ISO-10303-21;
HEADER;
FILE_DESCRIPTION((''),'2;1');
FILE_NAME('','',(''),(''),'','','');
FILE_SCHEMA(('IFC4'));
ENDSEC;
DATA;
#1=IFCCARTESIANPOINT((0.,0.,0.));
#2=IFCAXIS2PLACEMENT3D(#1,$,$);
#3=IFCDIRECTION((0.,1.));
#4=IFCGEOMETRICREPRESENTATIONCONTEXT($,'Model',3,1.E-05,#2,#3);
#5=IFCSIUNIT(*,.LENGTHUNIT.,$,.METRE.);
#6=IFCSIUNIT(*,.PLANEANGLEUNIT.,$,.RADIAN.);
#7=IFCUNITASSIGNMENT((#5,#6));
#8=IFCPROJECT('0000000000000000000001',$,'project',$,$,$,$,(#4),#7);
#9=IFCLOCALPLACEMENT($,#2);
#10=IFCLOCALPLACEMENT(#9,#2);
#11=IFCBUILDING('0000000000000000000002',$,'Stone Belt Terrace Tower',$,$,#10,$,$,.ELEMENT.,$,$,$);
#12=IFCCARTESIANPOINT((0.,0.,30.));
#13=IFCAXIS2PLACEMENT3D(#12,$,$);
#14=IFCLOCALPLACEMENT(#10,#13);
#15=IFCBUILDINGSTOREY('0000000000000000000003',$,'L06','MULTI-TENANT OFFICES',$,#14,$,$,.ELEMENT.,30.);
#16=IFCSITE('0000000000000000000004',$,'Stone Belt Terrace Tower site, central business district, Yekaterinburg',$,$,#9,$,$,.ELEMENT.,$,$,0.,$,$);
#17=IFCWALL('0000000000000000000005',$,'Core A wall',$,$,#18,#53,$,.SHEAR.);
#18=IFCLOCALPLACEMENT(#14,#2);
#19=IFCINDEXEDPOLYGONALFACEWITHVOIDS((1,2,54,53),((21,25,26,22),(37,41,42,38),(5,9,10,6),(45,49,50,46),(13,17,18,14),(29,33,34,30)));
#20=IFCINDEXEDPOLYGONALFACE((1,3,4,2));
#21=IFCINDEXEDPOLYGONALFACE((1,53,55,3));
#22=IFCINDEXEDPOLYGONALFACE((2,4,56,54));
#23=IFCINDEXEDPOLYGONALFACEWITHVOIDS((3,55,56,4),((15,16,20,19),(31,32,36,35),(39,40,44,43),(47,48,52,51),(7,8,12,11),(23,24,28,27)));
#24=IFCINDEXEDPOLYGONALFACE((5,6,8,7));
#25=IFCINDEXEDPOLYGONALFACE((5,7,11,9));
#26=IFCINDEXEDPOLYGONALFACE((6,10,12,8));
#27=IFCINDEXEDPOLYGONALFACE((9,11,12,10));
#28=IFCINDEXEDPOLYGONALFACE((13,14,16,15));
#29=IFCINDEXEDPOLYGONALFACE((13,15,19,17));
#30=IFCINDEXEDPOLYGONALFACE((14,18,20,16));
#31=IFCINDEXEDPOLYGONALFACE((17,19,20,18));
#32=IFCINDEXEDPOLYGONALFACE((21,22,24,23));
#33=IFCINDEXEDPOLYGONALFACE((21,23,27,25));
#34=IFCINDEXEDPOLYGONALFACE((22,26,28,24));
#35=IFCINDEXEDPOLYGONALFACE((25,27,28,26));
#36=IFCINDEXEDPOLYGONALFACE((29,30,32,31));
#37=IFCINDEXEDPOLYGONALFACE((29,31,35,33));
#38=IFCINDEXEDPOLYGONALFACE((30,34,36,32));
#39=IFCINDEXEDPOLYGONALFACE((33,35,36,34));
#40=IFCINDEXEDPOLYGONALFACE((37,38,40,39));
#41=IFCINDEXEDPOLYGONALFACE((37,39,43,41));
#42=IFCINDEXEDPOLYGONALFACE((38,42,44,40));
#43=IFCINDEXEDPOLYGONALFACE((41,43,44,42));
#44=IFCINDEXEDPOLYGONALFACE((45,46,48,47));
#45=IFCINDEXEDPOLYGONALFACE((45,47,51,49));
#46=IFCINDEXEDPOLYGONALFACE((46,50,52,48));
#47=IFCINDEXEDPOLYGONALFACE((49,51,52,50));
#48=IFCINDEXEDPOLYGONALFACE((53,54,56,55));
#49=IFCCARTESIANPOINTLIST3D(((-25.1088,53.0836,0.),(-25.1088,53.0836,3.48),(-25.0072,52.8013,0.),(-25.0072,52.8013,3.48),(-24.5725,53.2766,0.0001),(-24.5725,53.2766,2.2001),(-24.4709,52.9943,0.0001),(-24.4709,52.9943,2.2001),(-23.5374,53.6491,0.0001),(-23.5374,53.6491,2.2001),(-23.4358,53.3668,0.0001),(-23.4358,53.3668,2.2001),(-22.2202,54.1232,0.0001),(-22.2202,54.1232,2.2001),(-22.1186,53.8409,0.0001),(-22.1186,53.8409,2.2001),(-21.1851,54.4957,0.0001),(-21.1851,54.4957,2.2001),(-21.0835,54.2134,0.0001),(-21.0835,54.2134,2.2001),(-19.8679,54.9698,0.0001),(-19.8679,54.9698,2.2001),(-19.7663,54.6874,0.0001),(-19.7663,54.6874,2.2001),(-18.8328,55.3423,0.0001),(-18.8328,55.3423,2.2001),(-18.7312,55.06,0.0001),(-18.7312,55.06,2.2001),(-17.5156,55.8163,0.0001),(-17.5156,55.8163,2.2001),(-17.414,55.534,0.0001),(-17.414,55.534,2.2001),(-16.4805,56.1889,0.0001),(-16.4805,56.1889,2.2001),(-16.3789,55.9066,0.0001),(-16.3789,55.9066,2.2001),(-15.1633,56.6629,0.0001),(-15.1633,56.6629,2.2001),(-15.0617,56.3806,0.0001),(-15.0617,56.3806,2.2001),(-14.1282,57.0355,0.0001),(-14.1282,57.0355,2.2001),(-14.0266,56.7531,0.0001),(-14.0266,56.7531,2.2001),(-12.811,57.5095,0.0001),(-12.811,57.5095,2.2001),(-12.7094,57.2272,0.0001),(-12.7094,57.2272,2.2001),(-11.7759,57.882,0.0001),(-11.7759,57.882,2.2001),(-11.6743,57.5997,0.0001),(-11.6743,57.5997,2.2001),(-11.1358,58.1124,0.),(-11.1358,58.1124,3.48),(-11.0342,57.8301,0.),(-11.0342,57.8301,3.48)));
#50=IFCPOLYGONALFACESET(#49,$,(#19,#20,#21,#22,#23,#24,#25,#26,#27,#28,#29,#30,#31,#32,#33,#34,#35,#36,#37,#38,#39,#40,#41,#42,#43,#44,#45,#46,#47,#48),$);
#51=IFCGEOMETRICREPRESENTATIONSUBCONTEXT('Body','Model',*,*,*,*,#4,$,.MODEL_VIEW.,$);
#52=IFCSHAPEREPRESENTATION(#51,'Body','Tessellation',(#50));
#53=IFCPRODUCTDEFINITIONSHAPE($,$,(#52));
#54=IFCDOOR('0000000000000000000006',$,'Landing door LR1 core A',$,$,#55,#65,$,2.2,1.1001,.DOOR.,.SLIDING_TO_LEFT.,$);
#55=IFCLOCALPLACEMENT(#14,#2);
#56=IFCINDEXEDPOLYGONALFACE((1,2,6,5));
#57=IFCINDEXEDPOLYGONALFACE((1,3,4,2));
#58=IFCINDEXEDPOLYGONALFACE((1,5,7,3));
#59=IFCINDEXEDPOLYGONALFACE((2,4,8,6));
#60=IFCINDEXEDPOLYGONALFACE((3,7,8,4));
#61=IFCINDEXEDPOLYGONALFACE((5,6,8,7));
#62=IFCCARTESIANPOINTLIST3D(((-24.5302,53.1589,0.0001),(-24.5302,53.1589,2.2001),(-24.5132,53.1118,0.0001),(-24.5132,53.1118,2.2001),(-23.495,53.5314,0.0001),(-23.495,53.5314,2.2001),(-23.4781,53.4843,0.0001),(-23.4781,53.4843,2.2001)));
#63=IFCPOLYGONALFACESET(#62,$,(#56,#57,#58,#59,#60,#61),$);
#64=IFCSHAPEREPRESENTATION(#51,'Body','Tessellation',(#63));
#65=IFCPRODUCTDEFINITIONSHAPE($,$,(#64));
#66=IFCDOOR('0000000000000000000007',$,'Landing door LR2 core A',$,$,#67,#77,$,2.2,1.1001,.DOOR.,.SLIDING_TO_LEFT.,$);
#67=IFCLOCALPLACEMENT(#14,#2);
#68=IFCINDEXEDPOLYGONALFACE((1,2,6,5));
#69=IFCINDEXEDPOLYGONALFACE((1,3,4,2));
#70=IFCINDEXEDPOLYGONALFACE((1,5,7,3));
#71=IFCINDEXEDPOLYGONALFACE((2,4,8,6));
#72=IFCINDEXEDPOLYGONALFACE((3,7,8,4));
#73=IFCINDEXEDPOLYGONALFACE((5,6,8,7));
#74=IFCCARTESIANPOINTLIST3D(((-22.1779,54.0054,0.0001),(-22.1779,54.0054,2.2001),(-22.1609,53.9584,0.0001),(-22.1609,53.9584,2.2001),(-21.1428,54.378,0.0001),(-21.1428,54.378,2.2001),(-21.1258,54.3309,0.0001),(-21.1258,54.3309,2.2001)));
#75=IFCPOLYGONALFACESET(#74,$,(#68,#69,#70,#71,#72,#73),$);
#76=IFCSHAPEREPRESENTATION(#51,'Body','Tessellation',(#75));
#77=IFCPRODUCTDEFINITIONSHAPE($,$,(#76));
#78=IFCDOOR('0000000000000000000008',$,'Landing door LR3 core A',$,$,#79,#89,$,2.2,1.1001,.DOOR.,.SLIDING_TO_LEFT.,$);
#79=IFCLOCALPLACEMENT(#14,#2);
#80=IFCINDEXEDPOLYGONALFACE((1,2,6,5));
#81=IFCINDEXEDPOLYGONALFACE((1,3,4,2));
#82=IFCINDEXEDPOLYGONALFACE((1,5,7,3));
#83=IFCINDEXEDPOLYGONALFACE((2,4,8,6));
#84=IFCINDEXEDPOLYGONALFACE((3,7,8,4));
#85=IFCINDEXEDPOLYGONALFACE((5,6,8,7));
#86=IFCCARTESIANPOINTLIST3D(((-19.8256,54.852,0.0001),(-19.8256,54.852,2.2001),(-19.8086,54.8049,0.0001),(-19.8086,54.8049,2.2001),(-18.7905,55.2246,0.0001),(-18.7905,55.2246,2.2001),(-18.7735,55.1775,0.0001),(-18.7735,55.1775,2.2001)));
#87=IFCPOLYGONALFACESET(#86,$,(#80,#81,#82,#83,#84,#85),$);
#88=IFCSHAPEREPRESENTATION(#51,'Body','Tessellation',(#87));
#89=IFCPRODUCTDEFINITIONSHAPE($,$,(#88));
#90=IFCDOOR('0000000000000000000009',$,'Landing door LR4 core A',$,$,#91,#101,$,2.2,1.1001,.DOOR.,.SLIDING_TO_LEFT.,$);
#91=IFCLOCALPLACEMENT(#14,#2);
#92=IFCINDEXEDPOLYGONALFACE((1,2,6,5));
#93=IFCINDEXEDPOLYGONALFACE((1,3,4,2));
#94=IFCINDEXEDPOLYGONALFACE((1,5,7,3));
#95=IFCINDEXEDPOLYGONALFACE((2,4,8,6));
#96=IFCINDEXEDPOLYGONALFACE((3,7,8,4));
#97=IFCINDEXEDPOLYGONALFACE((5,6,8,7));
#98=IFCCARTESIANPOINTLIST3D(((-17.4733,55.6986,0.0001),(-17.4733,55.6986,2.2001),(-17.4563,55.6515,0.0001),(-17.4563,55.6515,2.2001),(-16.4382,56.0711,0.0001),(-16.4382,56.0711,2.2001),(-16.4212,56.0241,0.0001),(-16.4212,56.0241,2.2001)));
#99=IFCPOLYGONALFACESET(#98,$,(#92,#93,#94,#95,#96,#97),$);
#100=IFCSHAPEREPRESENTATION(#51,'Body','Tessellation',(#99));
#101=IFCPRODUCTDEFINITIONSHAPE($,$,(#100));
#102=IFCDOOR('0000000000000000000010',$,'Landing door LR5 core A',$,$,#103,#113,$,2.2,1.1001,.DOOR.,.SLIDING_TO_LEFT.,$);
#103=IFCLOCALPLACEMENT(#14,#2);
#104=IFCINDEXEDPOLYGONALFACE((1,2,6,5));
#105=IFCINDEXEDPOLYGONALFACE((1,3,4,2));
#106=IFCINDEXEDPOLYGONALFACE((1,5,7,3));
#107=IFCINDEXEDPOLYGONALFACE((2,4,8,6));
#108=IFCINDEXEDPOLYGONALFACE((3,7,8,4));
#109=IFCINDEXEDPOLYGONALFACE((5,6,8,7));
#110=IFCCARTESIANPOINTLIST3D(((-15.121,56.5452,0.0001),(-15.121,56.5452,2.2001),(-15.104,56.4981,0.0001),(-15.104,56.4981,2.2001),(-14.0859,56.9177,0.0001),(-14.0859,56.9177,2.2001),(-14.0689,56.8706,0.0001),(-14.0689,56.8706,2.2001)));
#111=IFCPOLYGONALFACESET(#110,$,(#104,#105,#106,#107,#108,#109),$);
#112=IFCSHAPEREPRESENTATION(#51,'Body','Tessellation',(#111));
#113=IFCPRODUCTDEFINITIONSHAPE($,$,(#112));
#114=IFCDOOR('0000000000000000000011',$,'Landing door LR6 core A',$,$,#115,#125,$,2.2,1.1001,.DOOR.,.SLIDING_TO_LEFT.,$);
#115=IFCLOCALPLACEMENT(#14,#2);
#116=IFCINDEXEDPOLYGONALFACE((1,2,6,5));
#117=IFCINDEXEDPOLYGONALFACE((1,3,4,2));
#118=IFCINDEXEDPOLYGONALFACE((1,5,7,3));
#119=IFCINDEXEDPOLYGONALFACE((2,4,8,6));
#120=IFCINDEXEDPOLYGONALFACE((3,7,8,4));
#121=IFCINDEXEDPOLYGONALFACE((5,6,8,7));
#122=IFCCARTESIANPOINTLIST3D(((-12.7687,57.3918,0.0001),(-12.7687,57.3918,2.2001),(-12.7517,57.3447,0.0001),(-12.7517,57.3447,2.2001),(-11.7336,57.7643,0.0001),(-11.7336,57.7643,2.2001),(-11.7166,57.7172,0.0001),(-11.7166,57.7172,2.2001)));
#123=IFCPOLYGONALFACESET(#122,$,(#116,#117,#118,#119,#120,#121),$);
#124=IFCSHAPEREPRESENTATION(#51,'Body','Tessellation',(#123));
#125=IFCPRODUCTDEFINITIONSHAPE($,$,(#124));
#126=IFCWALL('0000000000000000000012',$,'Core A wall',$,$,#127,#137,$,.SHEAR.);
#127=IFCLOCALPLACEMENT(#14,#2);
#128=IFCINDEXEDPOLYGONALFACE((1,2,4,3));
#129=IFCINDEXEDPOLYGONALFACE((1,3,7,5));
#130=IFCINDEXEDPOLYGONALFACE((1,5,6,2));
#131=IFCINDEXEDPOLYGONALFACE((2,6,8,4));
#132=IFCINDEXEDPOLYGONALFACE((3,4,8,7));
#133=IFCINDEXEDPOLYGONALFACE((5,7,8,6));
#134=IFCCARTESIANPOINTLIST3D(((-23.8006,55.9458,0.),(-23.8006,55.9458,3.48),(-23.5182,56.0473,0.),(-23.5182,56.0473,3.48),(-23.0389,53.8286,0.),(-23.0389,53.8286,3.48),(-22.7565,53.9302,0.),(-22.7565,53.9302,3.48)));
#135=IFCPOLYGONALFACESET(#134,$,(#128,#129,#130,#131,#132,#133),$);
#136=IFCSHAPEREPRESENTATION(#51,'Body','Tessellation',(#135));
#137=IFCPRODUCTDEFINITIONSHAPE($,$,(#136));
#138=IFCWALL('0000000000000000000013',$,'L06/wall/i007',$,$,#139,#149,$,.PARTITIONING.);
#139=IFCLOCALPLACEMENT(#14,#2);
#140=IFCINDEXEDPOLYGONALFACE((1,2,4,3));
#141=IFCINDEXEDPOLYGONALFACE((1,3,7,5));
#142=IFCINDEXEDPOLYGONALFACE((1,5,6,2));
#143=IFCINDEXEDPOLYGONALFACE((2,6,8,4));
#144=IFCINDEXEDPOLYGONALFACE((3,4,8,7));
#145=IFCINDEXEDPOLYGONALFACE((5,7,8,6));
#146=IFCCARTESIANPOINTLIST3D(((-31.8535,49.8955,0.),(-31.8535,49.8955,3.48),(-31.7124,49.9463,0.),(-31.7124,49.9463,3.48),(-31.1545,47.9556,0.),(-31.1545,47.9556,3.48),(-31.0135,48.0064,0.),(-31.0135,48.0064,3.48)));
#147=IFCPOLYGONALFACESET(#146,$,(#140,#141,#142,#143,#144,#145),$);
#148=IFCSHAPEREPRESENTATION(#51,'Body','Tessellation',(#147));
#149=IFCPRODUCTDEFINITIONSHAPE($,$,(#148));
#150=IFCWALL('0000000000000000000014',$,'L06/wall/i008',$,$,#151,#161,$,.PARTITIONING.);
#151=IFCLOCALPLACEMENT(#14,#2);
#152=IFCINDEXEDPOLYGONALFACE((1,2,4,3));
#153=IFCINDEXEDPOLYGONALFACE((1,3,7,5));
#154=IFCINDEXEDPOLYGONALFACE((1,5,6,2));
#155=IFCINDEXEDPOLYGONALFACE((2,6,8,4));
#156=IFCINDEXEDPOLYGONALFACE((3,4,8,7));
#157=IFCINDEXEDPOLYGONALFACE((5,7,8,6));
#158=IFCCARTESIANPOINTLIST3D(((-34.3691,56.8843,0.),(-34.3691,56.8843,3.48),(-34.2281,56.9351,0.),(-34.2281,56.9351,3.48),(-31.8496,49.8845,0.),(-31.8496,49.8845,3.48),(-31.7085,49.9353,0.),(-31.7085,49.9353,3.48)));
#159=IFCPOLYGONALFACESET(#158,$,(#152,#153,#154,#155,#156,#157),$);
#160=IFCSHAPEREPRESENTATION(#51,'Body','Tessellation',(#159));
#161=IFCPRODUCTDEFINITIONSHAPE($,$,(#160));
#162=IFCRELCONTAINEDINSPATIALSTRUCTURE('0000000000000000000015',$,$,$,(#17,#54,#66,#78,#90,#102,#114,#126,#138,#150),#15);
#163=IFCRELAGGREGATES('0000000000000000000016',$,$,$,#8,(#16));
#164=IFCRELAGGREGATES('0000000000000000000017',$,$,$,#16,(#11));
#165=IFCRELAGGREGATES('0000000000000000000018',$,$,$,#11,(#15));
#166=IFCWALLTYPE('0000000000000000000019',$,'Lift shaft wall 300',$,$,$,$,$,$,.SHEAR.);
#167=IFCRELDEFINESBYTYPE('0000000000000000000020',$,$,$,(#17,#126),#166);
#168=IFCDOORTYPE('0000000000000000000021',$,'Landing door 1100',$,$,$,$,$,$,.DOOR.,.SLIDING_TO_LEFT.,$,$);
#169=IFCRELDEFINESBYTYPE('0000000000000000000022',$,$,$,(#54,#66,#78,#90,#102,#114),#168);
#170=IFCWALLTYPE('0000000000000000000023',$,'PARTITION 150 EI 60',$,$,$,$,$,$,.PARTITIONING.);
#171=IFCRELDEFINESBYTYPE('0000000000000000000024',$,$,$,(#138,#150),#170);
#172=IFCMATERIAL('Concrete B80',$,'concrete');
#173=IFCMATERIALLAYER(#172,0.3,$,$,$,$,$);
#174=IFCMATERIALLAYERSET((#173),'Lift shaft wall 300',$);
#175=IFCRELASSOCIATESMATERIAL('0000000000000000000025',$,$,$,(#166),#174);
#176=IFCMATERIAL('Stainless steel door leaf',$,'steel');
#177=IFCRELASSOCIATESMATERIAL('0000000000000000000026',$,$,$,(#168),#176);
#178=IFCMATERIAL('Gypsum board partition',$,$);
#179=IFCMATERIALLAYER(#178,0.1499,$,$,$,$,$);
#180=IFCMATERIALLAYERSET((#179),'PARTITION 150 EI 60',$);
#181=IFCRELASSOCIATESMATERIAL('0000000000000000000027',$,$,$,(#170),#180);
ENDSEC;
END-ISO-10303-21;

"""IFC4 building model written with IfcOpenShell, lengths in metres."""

from ifc_helpers import new_model, si_unit, direction, frame, frame_2d, origin, place, context, subcontext, project, spatial, rectangle, extrude, material, layer, layer_set, type_object, element, fill, save


model = new_model("IFC4")

# Units and contexts
model_context = context("Model", 3, precision=1e-05, world=origin(), true_north=direction((0.0, 1.0)))
body_context = subcontext(model_context, "Body", "Model", "MODEL_VIEW")
ifc_project = project(units=[si_unit("LENGTHUNIT", "METRE"), si_unit("PLANEANGLEUNIT", "RADIAN")], contexts=[model_context])

# Site, building, storey
site_placement = place(None, origin())
site = spatial("IfcSite", under=ifc_project, at=site_placement, Name="Stone Belt Terrace Tower site, central business district, Yekaterinburg", CompositionType="ELEMENT", RefElevation=0.0)
building_placement = place(site_placement, origin())
building = spatial("IfcBuilding", under=site, at=building_placement, Name="Stone Belt Terrace Tower", CompositionType="ELEMENT")
storey_placement = place(building_placement, frame((0.0, 0.0, 30.0)))
storey = spatial("IfcBuildingStorey", under=building, at=storey_placement, Name="L06", Description="MULTI-TENANT OFFICES", CompositionType="ELEMENT", Elevation=30.0)

# Shared definitions
ifc_material_1 = material(Name="Concrete B80", Category="concrete")

# Shared definitions
ifc_layer_1 = layer(ifc_material_1, 0.3)
ifc_layer_set_1 = layer_set([ifc_layer_1], Name="Lift shaft wall 300")
wall_type_1 = type_object("IfcWallType", Name="Lift shaft wall 300", PredefinedType="SHEAR", material=ifc_layer_set_1)
ifc_material_2 = material(Name="Stainless steel door leaf", Category="steel")

# Wall, openings, doors
wall_1_placement = place(storey_placement, frame((-25.0581, 52.9424, 0.0), z_axis=(0.0, 0.0, 1.0), x_axis=(0.940918, 0.338634, 0.0)))
wall_1 = element("IfcWall", 1, at=wall_1_placement, inside=storey, type_object=wall_type_1, Name="Core A wall", PredefinedType="SHEAR", context=body_context, shape_type="SweptSolid", body=[
    extrude(rectangle(XDim=14.8503, YDim=0.3, at=frame_2d((7.4253, 0.0))), origin(), (0.0, 0.0, 1.0), 3.48),
])
opening_1_placement = place(wall_1_placement, frame((0.5701, 0.0, 0.0)))
opening_1 = element("IfcOpeningElement", 2, at=opening_1_placement, cuts=wall_1, PredefinedType="OPENING", context=body_context, shape_type="SweptSolid", body=[
    extrude(rectangle(XDim=1.1001, YDim=2.2, at=frame_2d((0.55, 1.1001))), frame((0.0, 0.1599, 0.0), z_axis=(0.0, -1.0, 0.0), x_axis=(1.0, 0.0, 0.0)), (0.0, 0.0, 1.0), 0.3201),
])
opening_2_placement = place(wall_1_placement, frame((3.0701, 0.0, 0.0)))
opening_2 = element("IfcOpeningElement", 3, at=opening_2_placement, cuts=wall_1, PredefinedType="OPENING", context=body_context, shape_type="SweptSolid", body=[
    extrude(rectangle(XDim=1.1001, YDim=2.2, at=frame_2d((0.55, 1.1001))), frame((0.0, 0.1599, 0.0), z_axis=(0.0, -1.0, 0.0), x_axis=(1.0, 0.0, 0.0)), (0.0, 0.0, 1.0), 0.3201),
])
opening_3_placement = place(wall_1_placement, frame((5.5701, 0.0, 0.0)))
opening_3 = element("IfcOpeningElement", 4, at=opening_3_placement, cuts=wall_1, PredefinedType="OPENING", context=body_context, shape_type="SweptSolid", body=[
    extrude(rectangle(XDim=1.1001, YDim=2.2, at=frame_2d((0.55, 1.1001))), frame((0.0, 0.1599, 0.0), z_axis=(0.0, -1.0, 0.0), x_axis=(1.0, 0.0, 0.0)), (0.0, 0.0, 1.0), 0.3201),
])
opening_4_placement = place(wall_1_placement, frame((8.0701, 0.0, 0.0)))
opening_4 = element("IfcOpeningElement", 5, at=opening_4_placement, cuts=wall_1, PredefinedType="OPENING", context=body_context, shape_type="SweptSolid", body=[
    extrude(rectangle(XDim=1.1001, YDim=2.2, at=frame_2d((0.55, 1.1001))), frame((0.0, 0.1599, 0.0), z_axis=(0.0, -1.0, 0.0), x_axis=(1.0, 0.0, 0.0)), (0.0, 0.0, 1.0), 0.3201),
])
opening_5_placement = place(wall_1_placement, frame((10.5701, 0.0, 0.0)))
opening_5 = element("IfcOpeningElement", 6, at=opening_5_placement, cuts=wall_1, PredefinedType="OPENING", context=body_context, shape_type="SweptSolid", body=[
    extrude(rectangle(XDim=1.1001, YDim=2.2, at=frame_2d((0.55, 1.1001))), frame((0.0, 0.1599, 0.0), z_axis=(0.0, -1.0, 0.0), x_axis=(1.0, 0.0, 0.0)), (0.0, 0.0, 1.0), 0.3201),
])
opening_6_placement = place(wall_1_placement, frame((13.0701, 0.0, 0.0)))
opening_6 = element("IfcOpeningElement", 7, at=opening_6_placement, cuts=wall_1, PredefinedType="OPENING", context=body_context, shape_type="SweptSolid", body=[
    extrude(rectangle(XDim=1.1001, YDim=2.2, at=frame_2d((0.55, 1.1001))), frame((0.0, 0.1599, 0.0), z_axis=(0.0, -1.0, 0.0), x_axis=(1.0, 0.0, 0.0)), (0.0, 0.0, 1.0), 0.3201),
])
door_type_1 = type_object("IfcDoorType", Name="Landing door 1100", OperationType="SLIDING_TO_LEFT", PredefinedType="DOOR", material=ifc_material_2)
door_1_placement = place(opening_1_placement, origin())
door_1 = element("IfcDoor", 8, at=door_1_placement, inside=storey, type_object=door_type_1, Name="Landing door LR1 core A", OperationType="SLIDING_TO_LEFT", OverallHeight=2.2, OverallWidth=1.1001, PredefinedType="DOOR", context=body_context, shape_type="SweptSolid", body=[
    extrude(rectangle(XDim=1.1001, YDim=2.2, at=frame_2d((0.55, 1.1001))), frame((0.0, 0.0249, 0.0), z_axis=(0.0, -1.0, 0.0), x_axis=(1.0, 0.0, 0.0)), (0.0, 0.0, 1.0), 0.05),
])
fill(opening_1, door_1)
door_2_placement = place(opening_2_placement, origin())
door_2 = element("IfcDoor", 9, at=door_2_placement, inside=storey, type_object=door_type_1, Name="Landing door LR2 core A", OperationType="SLIDING_TO_LEFT", OverallHeight=2.2, OverallWidth=1.1001, PredefinedType="DOOR", context=body_context, shape_type="SweptSolid", body=[
    extrude(rectangle(XDim=1.1001, YDim=2.2, at=frame_2d((0.55, 1.1001))), frame((0.0, 0.0249, 0.0), z_axis=(0.0, -1.0, 0.0), x_axis=(1.0, 0.0, 0.0)), (0.0, 0.0, 1.0), 0.05),
])
fill(opening_2, door_2)
door_3_placement = place(opening_3_placement, origin())
door_3 = element("IfcDoor", 10, at=door_3_placement, inside=storey, type_object=door_type_1, Name="Landing door LR3 core A", OperationType="SLIDING_TO_LEFT", OverallHeight=2.2, OverallWidth=1.1001, PredefinedType="DOOR", context=body_context, shape_type="SweptSolid", body=[
    extrude(rectangle(XDim=1.1001, YDim=2.2, at=frame_2d((0.55, 1.1001))), frame((0.0, 0.0249, 0.0), z_axis=(0.0, -1.0, 0.0), x_axis=(1.0, 0.0, 0.0)), (0.0, 0.0, 1.0), 0.05),
])
fill(opening_3, door_3)
door_4_placement = place(opening_4_placement, origin())
door_4 = element("IfcDoor", 11, at=door_4_placement, inside=storey, type_object=door_type_1, Name="Landing door LR4 core A", OperationType="SLIDING_TO_LEFT", OverallHeight=2.2, OverallWidth=1.1001, PredefinedType="DOOR", context=body_context, shape_type="SweptSolid", body=[
    extrude(rectangle(XDim=1.1001, YDim=2.2, at=frame_2d((0.55, 1.1001))), frame((0.0, 0.0249, 0.0), z_axis=(0.0, -1.0, 0.0), x_axis=(1.0, 0.0, 0.0)), (0.0, 0.0, 1.0), 0.05),
])
fill(opening_4, door_4)
door_5_placement = place(opening_5_placement, origin())
door_5 = element("IfcDoor", 12, at=door_5_placement, inside=storey, type_object=door_type_1, Name="Landing door LR5 core A", OperationType="SLIDING_TO_LEFT", OverallHeight=2.2, OverallWidth=1.1001, PredefinedType="DOOR", context=body_context, shape_type="SweptSolid", body=[
    extrude(rectangle(XDim=1.1001, YDim=2.2, at=frame_2d((0.55, 1.1001))), frame((0.0, 0.0249, 0.0), z_axis=(0.0, -1.0, 0.0), x_axis=(1.0, 0.0, 0.0)), (0.0, 0.0, 1.0), 0.05),
])
fill(opening_5, door_5)
door_6_placement = place(opening_6_placement, origin())
door_6 = element("IfcDoor", 13, at=door_6_placement, inside=storey, type_object=door_type_1, Name="Landing door LR6 core A", OperationType="SLIDING_TO_LEFT", OverallHeight=2.2, OverallWidth=1.1001, PredefinedType="DOOR", context=body_context, shape_type="SweptSolid", body=[
    extrude(rectangle(XDim=1.1001, YDim=2.2, at=frame_2d((0.55, 1.1001))), frame((0.0, 0.0249, 0.0), z_axis=(0.0, -1.0, 0.0), x_axis=(1.0, 0.0, 0.0)), (0.0, 0.0, 1.0), 0.05),
])
fill(opening_6, door_6)

# Walls
wall_2_placement = place(storey_placement, frame((-22.8977, 53.8794, 0.0), z_axis=(0.0, 0.0, 1.0), x_axis=(-0.338535, 0.940954, 0.0)))
element("IfcWall", 14, at=wall_2_placement, inside=storey, type_object=wall_type_1, Name="Core A wall", PredefinedType="SHEAR", context=body_context, shape_type="SweptSolid", body=[
    extrude(rectangle(XDim=2.25, YDim=0.3, at=frame_2d((1.125, 0.0))), origin(), (0.0, 0.0, 1.0), 3.48),
])
ifc_material_3 = material(Name="Gypsum board partition")
ifc_layer_2 = layer(ifc_material_3, 0.1499)
ifc_layer_set_2 = layer_set([ifc_layer_2], Name="PARTITION 150 EI 60")
wall_type_2 = type_object("IfcWallType", Name="PARTITION 150 EI 60", PredefinedType="PARTITIONING", material=ifc_layer_set_2)
wall_3_placement = place(storey_placement, frame((-31.084, 47.981, 0.0), z_axis=(0.0, 0.0, 1.0), x_axis=(-0.338975, 0.940795, 0.0)))
element("IfcWall", 15, at=wall_3_placement, inside=storey, type_object=wall_type_2, Name="L06/wall/i007", PredefinedType="PARTITIONING", context=body_context, shape_type="SweptSolid", body=[
    extrude(rectangle(XDim=2.062, YDim=0.1499, at=frame_2d((1.031, 0.0))), origin(), (0.0, 0.0, 1.0), 3.48),
])
wall_4_placement = place(storey_placement, frame((-31.7791, 49.9099, 0.0), z_axis=(0.0, 0.0, 1.0), x_axis=(-0.338674, 0.940904, 0.0)))
element("IfcWall", 16, at=wall_4_placement, inside=storey, type_object=wall_type_2, Name="L06/wall/i008", PredefinedType="PARTITIONING", context=body_context, shape_type="SweptSolid", body=[
    extrude(rectangle(XDim=7.4395, YDim=0.1499, at=frame_2d((3.7197, 0.0))), origin(), (0.0, 0.0, 1.0), 3.48),
])

save(model, "model.ifc")
